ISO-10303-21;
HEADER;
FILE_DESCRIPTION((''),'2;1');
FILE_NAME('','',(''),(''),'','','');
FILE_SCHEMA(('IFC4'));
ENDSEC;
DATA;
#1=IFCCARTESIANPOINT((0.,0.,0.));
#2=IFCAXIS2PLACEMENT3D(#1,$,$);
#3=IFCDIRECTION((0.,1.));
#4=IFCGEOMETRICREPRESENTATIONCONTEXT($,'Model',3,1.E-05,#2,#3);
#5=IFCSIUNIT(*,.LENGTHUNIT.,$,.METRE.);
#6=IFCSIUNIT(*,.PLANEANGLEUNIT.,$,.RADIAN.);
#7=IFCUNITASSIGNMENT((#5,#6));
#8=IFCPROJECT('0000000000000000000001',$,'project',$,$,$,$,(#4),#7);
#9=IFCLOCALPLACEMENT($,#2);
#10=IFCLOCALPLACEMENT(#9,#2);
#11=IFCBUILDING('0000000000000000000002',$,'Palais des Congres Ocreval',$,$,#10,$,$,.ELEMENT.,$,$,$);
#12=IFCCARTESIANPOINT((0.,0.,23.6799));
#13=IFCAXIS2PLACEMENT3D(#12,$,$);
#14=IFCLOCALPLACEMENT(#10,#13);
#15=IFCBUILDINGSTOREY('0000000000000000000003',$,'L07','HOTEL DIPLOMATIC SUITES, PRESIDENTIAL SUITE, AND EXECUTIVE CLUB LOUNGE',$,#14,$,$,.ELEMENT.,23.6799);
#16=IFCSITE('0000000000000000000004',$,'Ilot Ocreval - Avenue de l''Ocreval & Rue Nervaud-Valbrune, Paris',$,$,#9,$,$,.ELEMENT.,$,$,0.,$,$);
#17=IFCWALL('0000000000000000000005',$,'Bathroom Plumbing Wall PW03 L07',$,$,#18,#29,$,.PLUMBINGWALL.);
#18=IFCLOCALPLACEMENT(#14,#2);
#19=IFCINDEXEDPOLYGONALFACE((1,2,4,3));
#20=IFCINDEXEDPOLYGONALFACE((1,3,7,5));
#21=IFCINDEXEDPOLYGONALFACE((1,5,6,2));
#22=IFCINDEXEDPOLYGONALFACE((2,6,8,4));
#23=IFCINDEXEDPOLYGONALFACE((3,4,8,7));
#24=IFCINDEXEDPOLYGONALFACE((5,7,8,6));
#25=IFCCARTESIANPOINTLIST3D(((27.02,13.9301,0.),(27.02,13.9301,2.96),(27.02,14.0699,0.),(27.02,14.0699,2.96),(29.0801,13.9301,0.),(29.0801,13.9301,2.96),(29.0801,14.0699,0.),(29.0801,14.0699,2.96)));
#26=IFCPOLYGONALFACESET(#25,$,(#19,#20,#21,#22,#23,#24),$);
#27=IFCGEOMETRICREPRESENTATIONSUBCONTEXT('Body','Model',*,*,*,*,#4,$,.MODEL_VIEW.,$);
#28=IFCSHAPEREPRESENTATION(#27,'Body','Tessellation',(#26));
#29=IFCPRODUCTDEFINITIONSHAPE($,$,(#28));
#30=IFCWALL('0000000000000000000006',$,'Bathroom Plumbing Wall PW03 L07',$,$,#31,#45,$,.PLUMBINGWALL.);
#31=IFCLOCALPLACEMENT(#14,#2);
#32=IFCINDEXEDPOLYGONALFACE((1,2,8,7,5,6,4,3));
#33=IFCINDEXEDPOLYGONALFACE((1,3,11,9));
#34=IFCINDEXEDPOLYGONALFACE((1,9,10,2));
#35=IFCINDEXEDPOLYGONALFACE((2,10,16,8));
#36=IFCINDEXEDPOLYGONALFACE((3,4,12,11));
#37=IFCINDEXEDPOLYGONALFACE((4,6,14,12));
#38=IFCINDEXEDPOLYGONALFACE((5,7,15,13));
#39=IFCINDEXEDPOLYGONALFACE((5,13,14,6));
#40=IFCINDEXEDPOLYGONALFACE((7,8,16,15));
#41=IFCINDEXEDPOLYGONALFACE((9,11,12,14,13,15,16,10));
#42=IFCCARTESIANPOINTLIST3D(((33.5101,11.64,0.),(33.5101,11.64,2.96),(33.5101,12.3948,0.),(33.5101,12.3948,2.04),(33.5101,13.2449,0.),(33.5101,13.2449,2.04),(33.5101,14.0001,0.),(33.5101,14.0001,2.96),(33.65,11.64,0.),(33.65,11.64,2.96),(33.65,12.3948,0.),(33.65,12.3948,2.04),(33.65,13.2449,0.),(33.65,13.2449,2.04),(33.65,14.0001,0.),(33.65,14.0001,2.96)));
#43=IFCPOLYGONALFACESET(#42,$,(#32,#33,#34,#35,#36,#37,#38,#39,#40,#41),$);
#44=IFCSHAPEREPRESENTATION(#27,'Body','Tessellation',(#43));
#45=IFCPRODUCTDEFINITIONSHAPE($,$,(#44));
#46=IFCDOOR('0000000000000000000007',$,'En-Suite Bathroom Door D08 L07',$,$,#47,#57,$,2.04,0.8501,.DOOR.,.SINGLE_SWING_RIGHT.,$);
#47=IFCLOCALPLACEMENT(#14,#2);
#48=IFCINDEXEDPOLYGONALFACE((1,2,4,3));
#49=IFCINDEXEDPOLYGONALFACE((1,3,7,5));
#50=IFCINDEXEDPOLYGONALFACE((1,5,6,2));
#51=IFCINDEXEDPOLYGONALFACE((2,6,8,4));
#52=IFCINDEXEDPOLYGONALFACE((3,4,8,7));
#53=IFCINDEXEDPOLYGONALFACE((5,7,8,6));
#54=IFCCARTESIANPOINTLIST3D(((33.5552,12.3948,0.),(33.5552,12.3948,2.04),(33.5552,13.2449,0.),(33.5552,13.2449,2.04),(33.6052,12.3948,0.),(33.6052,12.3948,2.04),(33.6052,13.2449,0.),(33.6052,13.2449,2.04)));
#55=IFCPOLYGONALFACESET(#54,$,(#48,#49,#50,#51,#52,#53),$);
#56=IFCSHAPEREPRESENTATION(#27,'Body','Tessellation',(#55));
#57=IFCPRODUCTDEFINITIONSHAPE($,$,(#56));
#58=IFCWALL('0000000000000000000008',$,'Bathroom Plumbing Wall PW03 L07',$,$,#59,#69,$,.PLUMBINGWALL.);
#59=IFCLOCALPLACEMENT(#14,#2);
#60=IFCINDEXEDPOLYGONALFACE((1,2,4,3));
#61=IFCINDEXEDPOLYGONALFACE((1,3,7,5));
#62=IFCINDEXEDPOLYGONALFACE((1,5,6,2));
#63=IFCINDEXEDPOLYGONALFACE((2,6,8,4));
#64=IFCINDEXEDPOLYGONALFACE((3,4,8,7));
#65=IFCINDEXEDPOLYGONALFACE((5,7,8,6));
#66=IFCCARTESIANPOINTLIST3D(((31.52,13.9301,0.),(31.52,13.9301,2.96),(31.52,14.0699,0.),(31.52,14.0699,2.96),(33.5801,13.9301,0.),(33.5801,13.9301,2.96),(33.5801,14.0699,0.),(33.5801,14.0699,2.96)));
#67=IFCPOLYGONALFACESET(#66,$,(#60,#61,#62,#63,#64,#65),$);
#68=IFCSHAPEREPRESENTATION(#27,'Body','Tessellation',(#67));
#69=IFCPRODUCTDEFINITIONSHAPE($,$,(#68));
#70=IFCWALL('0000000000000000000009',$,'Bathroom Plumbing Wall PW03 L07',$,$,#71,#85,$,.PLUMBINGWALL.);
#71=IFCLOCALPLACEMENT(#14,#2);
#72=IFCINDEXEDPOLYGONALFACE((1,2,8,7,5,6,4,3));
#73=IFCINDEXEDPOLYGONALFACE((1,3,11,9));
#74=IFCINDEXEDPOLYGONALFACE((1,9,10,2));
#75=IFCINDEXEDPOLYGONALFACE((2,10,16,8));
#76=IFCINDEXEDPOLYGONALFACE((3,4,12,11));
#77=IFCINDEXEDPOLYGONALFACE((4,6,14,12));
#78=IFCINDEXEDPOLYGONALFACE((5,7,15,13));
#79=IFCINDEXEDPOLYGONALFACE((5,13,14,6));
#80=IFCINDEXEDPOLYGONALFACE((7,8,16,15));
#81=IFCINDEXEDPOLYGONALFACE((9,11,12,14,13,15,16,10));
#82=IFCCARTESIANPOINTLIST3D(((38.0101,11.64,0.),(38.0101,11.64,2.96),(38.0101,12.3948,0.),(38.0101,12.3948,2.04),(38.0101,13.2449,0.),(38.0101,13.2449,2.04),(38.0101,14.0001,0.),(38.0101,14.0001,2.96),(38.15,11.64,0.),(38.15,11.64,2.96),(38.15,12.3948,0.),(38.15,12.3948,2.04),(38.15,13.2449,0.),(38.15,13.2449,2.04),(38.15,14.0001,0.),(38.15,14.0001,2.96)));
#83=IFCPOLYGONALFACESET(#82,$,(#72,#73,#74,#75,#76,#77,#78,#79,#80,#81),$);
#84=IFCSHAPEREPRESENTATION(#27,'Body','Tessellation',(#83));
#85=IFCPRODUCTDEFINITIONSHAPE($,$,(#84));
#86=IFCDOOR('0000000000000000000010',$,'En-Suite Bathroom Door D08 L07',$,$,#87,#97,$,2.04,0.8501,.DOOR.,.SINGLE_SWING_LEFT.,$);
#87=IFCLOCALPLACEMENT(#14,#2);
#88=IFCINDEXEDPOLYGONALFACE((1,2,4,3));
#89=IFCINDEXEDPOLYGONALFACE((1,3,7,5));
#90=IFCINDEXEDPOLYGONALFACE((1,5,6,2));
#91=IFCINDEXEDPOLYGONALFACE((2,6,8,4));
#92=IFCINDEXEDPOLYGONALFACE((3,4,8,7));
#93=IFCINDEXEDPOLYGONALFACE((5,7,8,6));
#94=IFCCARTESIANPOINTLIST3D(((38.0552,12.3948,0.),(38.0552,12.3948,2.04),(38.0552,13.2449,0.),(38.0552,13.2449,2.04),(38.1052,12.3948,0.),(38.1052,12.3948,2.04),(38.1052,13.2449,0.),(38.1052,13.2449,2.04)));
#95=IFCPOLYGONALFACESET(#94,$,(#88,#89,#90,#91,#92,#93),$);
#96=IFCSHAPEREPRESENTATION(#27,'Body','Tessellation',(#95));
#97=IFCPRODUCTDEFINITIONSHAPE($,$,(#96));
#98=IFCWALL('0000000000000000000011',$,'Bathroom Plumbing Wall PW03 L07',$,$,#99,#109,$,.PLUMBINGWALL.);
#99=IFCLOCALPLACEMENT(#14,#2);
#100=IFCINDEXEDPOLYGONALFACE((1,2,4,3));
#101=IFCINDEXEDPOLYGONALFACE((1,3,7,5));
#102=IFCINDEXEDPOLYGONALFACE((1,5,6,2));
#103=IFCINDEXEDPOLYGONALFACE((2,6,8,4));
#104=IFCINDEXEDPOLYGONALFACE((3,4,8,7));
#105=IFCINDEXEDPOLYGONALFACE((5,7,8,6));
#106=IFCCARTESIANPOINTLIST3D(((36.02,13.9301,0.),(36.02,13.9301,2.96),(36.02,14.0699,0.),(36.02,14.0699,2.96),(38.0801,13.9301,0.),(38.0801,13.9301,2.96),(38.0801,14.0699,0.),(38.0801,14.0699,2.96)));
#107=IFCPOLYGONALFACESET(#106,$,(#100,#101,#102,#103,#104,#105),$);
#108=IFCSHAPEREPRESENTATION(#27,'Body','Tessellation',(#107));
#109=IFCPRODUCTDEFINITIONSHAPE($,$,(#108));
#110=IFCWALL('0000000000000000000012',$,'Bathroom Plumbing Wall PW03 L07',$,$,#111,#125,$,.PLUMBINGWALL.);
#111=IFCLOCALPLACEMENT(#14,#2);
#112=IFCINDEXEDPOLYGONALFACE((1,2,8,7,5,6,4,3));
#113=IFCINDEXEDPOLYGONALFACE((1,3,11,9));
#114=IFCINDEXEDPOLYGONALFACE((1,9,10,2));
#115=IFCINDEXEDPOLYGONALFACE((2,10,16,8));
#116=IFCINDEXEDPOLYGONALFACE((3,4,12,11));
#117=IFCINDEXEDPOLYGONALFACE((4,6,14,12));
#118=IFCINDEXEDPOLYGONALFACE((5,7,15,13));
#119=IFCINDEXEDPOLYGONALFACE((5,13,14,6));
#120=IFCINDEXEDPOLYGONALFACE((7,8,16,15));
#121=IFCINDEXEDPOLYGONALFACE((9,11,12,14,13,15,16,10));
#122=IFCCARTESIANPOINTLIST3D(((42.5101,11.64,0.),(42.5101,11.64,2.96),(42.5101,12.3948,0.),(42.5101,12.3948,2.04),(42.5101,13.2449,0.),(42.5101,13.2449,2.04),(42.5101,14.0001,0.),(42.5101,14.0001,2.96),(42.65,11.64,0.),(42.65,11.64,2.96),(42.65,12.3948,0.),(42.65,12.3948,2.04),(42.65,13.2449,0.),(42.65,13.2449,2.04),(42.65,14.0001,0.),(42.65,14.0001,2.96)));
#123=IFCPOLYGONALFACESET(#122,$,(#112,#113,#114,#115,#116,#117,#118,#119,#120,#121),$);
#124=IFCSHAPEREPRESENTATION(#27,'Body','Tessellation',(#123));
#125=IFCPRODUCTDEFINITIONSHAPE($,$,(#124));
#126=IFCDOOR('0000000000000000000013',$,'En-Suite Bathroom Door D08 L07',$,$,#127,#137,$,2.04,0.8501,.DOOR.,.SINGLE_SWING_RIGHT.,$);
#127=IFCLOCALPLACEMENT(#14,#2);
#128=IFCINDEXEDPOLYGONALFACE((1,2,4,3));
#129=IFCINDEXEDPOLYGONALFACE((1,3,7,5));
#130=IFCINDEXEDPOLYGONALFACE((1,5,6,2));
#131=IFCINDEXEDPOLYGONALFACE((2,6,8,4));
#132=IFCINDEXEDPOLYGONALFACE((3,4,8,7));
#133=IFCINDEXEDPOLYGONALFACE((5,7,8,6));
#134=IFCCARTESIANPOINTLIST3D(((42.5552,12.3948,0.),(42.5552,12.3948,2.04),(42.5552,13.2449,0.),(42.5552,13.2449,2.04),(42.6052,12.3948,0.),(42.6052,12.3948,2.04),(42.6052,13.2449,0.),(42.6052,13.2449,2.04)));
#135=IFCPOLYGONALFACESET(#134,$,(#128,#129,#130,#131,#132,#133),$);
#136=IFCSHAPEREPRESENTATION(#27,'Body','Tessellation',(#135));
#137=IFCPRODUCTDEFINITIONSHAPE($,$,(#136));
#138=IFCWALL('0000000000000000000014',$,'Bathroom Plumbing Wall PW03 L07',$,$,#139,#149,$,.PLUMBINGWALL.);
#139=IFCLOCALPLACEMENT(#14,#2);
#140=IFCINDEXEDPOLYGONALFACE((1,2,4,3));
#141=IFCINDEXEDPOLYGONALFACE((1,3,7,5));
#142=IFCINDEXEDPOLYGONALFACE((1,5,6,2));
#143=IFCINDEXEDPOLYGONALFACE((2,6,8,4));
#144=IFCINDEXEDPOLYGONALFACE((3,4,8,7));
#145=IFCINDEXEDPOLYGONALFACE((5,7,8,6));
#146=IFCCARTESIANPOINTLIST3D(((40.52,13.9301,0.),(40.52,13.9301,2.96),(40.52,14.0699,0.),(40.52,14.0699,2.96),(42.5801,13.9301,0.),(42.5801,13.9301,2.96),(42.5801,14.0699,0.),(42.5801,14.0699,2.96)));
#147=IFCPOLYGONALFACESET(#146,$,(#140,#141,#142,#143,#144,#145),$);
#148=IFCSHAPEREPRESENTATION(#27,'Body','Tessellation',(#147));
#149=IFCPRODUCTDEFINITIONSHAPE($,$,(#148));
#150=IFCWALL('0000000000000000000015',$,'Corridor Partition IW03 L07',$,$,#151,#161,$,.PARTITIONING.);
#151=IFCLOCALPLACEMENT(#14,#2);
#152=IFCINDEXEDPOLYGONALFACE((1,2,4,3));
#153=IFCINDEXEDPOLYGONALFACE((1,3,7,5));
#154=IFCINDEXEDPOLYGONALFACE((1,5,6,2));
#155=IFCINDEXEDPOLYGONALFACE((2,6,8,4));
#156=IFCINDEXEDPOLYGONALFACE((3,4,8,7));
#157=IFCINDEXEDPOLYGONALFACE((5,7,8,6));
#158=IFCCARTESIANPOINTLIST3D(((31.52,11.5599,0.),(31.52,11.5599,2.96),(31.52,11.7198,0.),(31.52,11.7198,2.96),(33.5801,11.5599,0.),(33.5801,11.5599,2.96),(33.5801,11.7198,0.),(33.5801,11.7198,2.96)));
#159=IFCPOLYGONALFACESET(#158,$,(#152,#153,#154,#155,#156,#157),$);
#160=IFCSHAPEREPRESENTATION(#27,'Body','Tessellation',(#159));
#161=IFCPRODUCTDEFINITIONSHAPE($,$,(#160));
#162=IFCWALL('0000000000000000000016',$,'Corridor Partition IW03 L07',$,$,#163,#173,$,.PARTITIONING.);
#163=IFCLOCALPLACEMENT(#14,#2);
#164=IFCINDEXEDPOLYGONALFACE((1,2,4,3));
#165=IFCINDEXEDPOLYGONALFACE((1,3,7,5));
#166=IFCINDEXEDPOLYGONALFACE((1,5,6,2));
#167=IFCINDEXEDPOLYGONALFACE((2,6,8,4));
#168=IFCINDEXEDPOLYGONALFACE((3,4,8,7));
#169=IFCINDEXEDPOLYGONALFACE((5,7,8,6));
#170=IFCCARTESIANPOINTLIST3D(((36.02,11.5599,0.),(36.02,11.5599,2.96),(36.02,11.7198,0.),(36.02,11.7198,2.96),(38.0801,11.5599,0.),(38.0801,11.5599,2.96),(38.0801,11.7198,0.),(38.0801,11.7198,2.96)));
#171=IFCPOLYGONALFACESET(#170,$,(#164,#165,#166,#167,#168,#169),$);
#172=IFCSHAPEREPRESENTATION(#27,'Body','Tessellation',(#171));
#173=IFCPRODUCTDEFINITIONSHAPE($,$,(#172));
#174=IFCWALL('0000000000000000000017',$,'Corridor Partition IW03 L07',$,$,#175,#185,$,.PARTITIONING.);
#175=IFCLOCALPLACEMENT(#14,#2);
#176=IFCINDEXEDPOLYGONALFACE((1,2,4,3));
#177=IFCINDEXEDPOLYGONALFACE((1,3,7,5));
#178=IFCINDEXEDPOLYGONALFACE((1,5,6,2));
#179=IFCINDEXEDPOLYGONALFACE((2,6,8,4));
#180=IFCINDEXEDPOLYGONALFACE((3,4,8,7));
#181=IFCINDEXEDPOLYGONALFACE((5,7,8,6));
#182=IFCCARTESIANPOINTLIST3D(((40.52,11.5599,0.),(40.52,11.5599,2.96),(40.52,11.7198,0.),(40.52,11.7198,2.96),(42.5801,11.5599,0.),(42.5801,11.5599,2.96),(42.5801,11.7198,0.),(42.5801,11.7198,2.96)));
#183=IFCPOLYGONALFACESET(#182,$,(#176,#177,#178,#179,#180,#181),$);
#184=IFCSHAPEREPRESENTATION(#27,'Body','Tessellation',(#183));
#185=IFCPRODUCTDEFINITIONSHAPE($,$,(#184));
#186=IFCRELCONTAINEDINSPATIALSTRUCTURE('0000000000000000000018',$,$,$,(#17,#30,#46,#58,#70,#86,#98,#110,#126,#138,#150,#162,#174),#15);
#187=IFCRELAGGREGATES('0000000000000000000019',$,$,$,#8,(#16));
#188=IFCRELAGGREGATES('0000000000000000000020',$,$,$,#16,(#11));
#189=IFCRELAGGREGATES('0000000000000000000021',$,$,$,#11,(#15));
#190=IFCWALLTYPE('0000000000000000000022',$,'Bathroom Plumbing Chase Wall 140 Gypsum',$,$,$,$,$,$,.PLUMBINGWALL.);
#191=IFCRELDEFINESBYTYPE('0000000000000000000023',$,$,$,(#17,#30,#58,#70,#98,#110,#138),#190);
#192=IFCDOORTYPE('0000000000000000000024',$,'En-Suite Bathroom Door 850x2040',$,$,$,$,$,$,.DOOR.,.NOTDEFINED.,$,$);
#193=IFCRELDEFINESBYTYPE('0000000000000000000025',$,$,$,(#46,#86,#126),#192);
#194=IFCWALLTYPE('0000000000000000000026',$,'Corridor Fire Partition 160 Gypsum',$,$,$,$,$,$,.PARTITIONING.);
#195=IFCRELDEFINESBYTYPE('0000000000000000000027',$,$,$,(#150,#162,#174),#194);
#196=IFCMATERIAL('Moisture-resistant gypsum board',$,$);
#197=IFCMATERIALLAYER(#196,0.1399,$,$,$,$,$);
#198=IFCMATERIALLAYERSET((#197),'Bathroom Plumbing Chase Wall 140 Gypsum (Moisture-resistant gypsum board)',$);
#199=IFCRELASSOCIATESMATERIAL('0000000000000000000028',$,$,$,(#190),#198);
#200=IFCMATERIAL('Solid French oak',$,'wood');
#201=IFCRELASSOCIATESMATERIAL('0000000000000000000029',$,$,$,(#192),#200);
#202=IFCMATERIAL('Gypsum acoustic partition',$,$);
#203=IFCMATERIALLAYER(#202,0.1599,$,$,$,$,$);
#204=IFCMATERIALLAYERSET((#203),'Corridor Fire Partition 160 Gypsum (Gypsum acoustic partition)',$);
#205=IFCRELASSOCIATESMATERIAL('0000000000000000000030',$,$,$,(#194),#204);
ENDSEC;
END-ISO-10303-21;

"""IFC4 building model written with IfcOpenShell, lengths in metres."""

from ifc_helpers import new_model, si_unit, direction, frame, frame_2d, origin, place, context, subcontext, project, spatial, rectangle, extrude, material, layer, layer_set, type_object, element, fill, save


model = new_model("IFC4")

# Units and contexts
model_context = context("Model", 3, precision=1e-05, world=origin(), true_north=direction((0.0, 1.0)))
body_context = subcontext(model_context, "Body", "Model", "MODEL_VIEW")
ifc_project = project(units=[si_unit("LENGTHUNIT", "METRE"), si_unit("PLANEANGLEUNIT", "RADIAN")], contexts=[model_context])

# Site, building, storey
site_placement = place(None, origin())
site = spatial("IfcSite", under=ifc_project, at=site_placement, Name="Ilot Ocreval - Avenue de l'Ocreval & Rue Nervaud-Valbrune, Paris", CompositionType="ELEMENT", RefElevation=0.0)
building_placement = place(site_placement, origin())
building = spatial("IfcBuilding", under=site, at=building_placement, Name="Palais des Congres Ocreval", CompositionType="ELEMENT")
storey_placement = place(building_placement, frame((0.0, 0.0, 23.6799)))
storey = spatial("IfcBuildingStorey", under=building, at=storey_placement, Name="L07", Description="HOTEL DIPLOMATIC SUITES, PRESIDENTIAL SUITE, AND EXECUTIVE CLUB LOUNGE", CompositionType="ELEMENT", Elevation=23.6799)

# Shared definitions
ifc_material_1 = material(Name="Moisture-resistant gypsum board")
ifc_layer_1 = layer(ifc_material_1, 0.1399)
ifc_layer_set_1 = layer_set([ifc_layer_1], Name="Bathroom Plumbing Chase Wall 140 Gypsum (Moisture-resistant gypsum board)")
wall_type_1 = type_object("IfcWallType", Name="Bathroom Plumbing Chase Wall 140 Gypsum", PredefinedType="PLUMBINGWALL", material=ifc_layer_set_1)
ifc_material_2 = material(Name="Solid French oak", Category="wood")
door_type = type_object("IfcDoorType", Name="En-Suite Bathroom Door 850x2040", OperationType="NOTDEFINED", PredefinedType="DOOR", material=ifc_material_2)

# Wall
wall_1_placement = place(storey_placement, frame((27.02, 14.0, 0.0), z_axis=(0.0, 0.0, 1.0), x_axis=(1.0, 0.0, 0.0)))
element("IfcWall", 1, at=wall_1_placement, inside=storey, type_object=wall_type_1, Name="Bathroom Plumbing Wall PW03 L07", PredefinedType="PLUMBINGWALL", context=body_context, shape_type="SweptSolid", body=[
    extrude(rectangle(XDim=2.0601, YDim=0.1399, at=frame_2d((1.03, 0.0))), origin(), (0.0, 0.0, 1.0), 2.96),
])

# Wall, opening, door
wall_2_placement = place(storey_placement, frame((33.5801, 11.6399, 0.0), z_axis=(0.0, 0.0, 1.0), x_axis=(0.0, 1.0, 0.0)))
wall_2 = element("IfcWall", 2, at=wall_2_placement, inside=storey, type_object=wall_type_1, Name="Bathroom Plumbing Wall PW03 L07", PredefinedType="PLUMBINGWALL", context=body_context, shape_type="SweptSolid", body=[
    extrude(rectangle(XDim=2.3601, YDim=0.1399, at=frame_2d((1.1802, 0.0))), origin(), (0.0, 0.0, 1.0), 2.96),
])
opening_1_placement = place(wall_2_placement, frame((0.7549, 0.0, 0.0)))
opening_1 = element("IfcOpeningElement", 3, at=opening_1_placement, cuts=wall_2, PredefinedType="OPENING", context=body_context, shape_type="SweptSolid", body=[
    extrude(rectangle(XDim=0.8501, YDim=2.04, at=frame_2d((0.425, 1.02))), frame((0.0, 0.0798, 0.0), z_axis=(0.0, -1.0, 0.0), x_axis=(1.0, 0.0, 0.0)), (0.0, 0.0, 1.0), 0.1599),
])
door_1_placement = place(opening_1_placement, origin())
door_1 = element("IfcDoor", 4, at=door_1_placement, inside=storey, type_object=door_type, Name="En-Suite Bathroom Door D08 L07", OperationType="SINGLE_SWING_RIGHT", OverallHeight=2.04, OverallWidth=0.8501, PredefinedType="DOOR", context=body_context, shape_type="SweptSolid", body=[
    extrude(rectangle(XDim=0.8501, YDim=2.04, at=frame_2d((0.425, 1.02))), frame((0.0, 0.0249, 0.0), z_axis=(0.0, -1.0, 0.0), x_axis=(1.0, 0.0, 0.0)), (0.0, 0.0, 1.0), 0.05),
])
fill(opening_1, door_1)

# Wall
wall_3_placement = place(storey_placement, frame((31.52, 14.0, 0.0), z_axis=(0.0, 0.0, 1.0), x_axis=(1.0, 0.0, 0.0)))
element("IfcWall", 5, at=wall_3_placement, inside=storey, type_object=wall_type_1, Name="Bathroom Plumbing Wall PW03 L07", PredefinedType="PLUMBINGWALL", context=body_context, shape_type="SweptSolid", body=[
    extrude(rectangle(XDim=2.0601, YDim=0.1399, at=frame_2d((1.03, 0.0))), origin(), (0.0, 0.0, 1.0), 2.96),
])

# Wall, opening, door
wall_4_placement = place(storey_placement, frame((38.0801, 11.6399, 0.0), z_axis=(0.0, 0.0, 1.0), x_axis=(0.0, 1.0, 0.0)))
wall_4 = element("IfcWall", 6, at=wall_4_placement, inside=storey, type_object=wall_type_1, Name="Bathroom Plumbing Wall PW03 L07", PredefinedType="PLUMBINGWALL", context=body_context, shape_type="SweptSolid", body=[
    extrude(rectangle(XDim=2.3601, YDim=0.1399, at=frame_2d((1.1802, 0.0))), origin(), (0.0, 0.0, 1.0), 2.96),
])
opening_2_placement = place(wall_4_placement, frame((0.7549, 0.0, 0.0)))
opening_2 = element("IfcOpeningElement", 7, at=opening_2_placement, cuts=wall_4, PredefinedType="OPENING", context=body_context, shape_type="SweptSolid", body=[
    extrude(rectangle(XDim=0.8501, YDim=2.04, at=frame_2d((0.425, 1.02))), frame((0.0, 0.0798, 0.0), z_axis=(0.0, -1.0, 0.0), x_axis=(1.0, 0.0, 0.0)), (0.0, 0.0, 1.0), 0.1599),
])
door_2_placement = place(opening_2_placement, origin())
door_2 = element("IfcDoor", 8, at=door_2_placement, inside=storey, type_object=door_type, Name="En-Suite Bathroom Door D08 L07", OperationType="SINGLE_SWING_LEFT", OverallHeight=2.04, OverallWidth=0.8501, PredefinedType="DOOR", context=body_context, shape_type="SweptSolid", body=[
    extrude(rectangle(XDim=0.8501, YDim=2.04, at=frame_2d((0.425, 1.02))), frame((0.0, 0.0249, 0.0), z_axis=(0.0, -1.0, 0.0), x_axis=(1.0, 0.0, 0.0)), (0.0, 0.0, 1.0), 0.05),
])
fill(opening_2, door_2)

# Wall
wall_5_placement = place(storey_placement, frame((36.02, 14.0, 0.0), z_axis=(0.0, 0.0, 1.0), x_axis=(1.0, 0.0, 0.0)))
element("IfcWall", 9, at=wall_5_placement, inside=storey, type_object=wall_type_1, Name="Bathroom Plumbing Wall PW03 L07", PredefinedType="PLUMBINGWALL", context=body_context, shape_type="SweptSolid", body=[
    extrude(rectangle(XDim=2.0601, YDim=0.1399, at=frame_2d((1.03, 0.0))), origin(), (0.0, 0.0, 1.0), 2.96),
])

# Wall, opening, door
wall_6_placement = place(storey_placement, frame((42.5801, 11.6399, 0.0), z_axis=(0.0, 0.0, 1.0), x_axis=(0.0, 1.0, 0.0)))
wall_6 = element("IfcWall", 10, at=wall_6_placement, inside=storey, type_object=wall_type_1, Name="Bathroom Plumbing Wall PW03 L07", PredefinedType="PLUMBINGWALL", context=body_context, shape_type="SweptSolid", body=[
    extrude(rectangle(XDim=2.3601, YDim=0.1399, at=frame_2d((1.1802, 0.0))), origin(), (0.0, 0.0, 1.0), 2.96),
])
opening_3_placement = place(wall_6_placement, frame((0.7549, 0.0, 0.0)))
opening_3 = element("IfcOpeningElement", 11, at=opening_3_placement, cuts=wall_6, PredefinedType="OPENING", context=body_context, shape_type="SweptSolid", body=[
    extrude(rectangle(XDim=0.8501, YDim=2.04, at=frame_2d((0.425, 1.02))), frame((0.0, 0.0798, 0.0), z_axis=(0.0, -1.0, 0.0), x_axis=(1.0, 0.0, 0.0)), (0.0, 0.0, 1.0), 0.1599),
])
door_3_placement = place(opening_3_placement, origin())
door_3 = element("IfcDoor", 12, at=door_3_placement, inside=storey, type_object=door_type, Name="En-Suite Bathroom Door D08 L07", OperationType="SINGLE_SWING_RIGHT", OverallHeight=2.04, OverallWidth=0.8501, PredefinedType="DOOR", context=body_context, shape_type="SweptSolid", body=[
    extrude(rectangle(XDim=0.8501, YDim=2.04, at=frame_2d((0.425, 1.02))), frame((0.0, 0.0249, 0.0), z_axis=(0.0, -1.0, 0.0), x_axis=(1.0, 0.0, 0.0)), (0.0, 0.0, 1.0), 0.05),
])
fill(opening_3, door_3)

# Walls
wall_7_placement = place(storey_placement, frame((40.52, 14.0, 0.0), z_axis=(0.0, 0.0, 1.0), x_axis=(1.0, 0.0, 0.0)))
element("IfcWall", 13, at=wall_7_placement, inside=storey, type_object=wall_type_1, Name="Bathroom Plumbing Wall PW03 L07", PredefinedType="PLUMBINGWALL", context=body_context, shape_type="SweptSolid", body=[
    extrude(rectangle(XDim=2.0601, YDim=0.1399, at=frame_2d((1.03, 0.0))), origin(), (0.0, 0.0, 1.0), 2.96),
])
ifc_material_3 = material(Name="Gypsum acoustic partition")
ifc_layer_2 = layer(ifc_material_3, 0.1599)
ifc_layer_set_2 = layer_set([ifc_layer_2], Name="Corridor Fire Partition 160 Gypsum (Gypsum acoustic partition)")
wall_type_2 = type_object("IfcWallType", Name="Corridor Fire Partition 160 Gypsum", PredefinedType="PARTITIONING", material=ifc_layer_set_2)
for number, where, z_axis, x_axis, name in (
    (14, (31.52, 11.6399, 0.0), (0.0, 0.0, 1.0), (1.0, 0.0, 0.0), "Corridor Partition IW03 L07"),
    (15, (36.02, 11.6399, 0.0), (0.0, 0.0, 1.0), (1.0, 0.0, 0.0), "Corridor Partition IW03 L07"),
    (16, (40.52, 11.6399, 0.0), (0.0, 0.0, 1.0), (1.0, 0.0, 0.0), "Corridor Partition IW03 L07"),
):
    element("IfcWall", number, at=place(storey_placement, frame(where, z_axis=z_axis, x_axis=x_axis)), inside=storey, type_object=wall_type_2, Name=name, PredefinedType="PARTITIONING", context=body_context, shape_type="SweptSolid", body=[
        extrude(rectangle(XDim=2.0601, YDim=0.1599, at=frame_2d((1.03, 0.0))), origin(), (0.0, 0.0, 1.0), 2.96),
    ])

save(model, "model.ifc")
